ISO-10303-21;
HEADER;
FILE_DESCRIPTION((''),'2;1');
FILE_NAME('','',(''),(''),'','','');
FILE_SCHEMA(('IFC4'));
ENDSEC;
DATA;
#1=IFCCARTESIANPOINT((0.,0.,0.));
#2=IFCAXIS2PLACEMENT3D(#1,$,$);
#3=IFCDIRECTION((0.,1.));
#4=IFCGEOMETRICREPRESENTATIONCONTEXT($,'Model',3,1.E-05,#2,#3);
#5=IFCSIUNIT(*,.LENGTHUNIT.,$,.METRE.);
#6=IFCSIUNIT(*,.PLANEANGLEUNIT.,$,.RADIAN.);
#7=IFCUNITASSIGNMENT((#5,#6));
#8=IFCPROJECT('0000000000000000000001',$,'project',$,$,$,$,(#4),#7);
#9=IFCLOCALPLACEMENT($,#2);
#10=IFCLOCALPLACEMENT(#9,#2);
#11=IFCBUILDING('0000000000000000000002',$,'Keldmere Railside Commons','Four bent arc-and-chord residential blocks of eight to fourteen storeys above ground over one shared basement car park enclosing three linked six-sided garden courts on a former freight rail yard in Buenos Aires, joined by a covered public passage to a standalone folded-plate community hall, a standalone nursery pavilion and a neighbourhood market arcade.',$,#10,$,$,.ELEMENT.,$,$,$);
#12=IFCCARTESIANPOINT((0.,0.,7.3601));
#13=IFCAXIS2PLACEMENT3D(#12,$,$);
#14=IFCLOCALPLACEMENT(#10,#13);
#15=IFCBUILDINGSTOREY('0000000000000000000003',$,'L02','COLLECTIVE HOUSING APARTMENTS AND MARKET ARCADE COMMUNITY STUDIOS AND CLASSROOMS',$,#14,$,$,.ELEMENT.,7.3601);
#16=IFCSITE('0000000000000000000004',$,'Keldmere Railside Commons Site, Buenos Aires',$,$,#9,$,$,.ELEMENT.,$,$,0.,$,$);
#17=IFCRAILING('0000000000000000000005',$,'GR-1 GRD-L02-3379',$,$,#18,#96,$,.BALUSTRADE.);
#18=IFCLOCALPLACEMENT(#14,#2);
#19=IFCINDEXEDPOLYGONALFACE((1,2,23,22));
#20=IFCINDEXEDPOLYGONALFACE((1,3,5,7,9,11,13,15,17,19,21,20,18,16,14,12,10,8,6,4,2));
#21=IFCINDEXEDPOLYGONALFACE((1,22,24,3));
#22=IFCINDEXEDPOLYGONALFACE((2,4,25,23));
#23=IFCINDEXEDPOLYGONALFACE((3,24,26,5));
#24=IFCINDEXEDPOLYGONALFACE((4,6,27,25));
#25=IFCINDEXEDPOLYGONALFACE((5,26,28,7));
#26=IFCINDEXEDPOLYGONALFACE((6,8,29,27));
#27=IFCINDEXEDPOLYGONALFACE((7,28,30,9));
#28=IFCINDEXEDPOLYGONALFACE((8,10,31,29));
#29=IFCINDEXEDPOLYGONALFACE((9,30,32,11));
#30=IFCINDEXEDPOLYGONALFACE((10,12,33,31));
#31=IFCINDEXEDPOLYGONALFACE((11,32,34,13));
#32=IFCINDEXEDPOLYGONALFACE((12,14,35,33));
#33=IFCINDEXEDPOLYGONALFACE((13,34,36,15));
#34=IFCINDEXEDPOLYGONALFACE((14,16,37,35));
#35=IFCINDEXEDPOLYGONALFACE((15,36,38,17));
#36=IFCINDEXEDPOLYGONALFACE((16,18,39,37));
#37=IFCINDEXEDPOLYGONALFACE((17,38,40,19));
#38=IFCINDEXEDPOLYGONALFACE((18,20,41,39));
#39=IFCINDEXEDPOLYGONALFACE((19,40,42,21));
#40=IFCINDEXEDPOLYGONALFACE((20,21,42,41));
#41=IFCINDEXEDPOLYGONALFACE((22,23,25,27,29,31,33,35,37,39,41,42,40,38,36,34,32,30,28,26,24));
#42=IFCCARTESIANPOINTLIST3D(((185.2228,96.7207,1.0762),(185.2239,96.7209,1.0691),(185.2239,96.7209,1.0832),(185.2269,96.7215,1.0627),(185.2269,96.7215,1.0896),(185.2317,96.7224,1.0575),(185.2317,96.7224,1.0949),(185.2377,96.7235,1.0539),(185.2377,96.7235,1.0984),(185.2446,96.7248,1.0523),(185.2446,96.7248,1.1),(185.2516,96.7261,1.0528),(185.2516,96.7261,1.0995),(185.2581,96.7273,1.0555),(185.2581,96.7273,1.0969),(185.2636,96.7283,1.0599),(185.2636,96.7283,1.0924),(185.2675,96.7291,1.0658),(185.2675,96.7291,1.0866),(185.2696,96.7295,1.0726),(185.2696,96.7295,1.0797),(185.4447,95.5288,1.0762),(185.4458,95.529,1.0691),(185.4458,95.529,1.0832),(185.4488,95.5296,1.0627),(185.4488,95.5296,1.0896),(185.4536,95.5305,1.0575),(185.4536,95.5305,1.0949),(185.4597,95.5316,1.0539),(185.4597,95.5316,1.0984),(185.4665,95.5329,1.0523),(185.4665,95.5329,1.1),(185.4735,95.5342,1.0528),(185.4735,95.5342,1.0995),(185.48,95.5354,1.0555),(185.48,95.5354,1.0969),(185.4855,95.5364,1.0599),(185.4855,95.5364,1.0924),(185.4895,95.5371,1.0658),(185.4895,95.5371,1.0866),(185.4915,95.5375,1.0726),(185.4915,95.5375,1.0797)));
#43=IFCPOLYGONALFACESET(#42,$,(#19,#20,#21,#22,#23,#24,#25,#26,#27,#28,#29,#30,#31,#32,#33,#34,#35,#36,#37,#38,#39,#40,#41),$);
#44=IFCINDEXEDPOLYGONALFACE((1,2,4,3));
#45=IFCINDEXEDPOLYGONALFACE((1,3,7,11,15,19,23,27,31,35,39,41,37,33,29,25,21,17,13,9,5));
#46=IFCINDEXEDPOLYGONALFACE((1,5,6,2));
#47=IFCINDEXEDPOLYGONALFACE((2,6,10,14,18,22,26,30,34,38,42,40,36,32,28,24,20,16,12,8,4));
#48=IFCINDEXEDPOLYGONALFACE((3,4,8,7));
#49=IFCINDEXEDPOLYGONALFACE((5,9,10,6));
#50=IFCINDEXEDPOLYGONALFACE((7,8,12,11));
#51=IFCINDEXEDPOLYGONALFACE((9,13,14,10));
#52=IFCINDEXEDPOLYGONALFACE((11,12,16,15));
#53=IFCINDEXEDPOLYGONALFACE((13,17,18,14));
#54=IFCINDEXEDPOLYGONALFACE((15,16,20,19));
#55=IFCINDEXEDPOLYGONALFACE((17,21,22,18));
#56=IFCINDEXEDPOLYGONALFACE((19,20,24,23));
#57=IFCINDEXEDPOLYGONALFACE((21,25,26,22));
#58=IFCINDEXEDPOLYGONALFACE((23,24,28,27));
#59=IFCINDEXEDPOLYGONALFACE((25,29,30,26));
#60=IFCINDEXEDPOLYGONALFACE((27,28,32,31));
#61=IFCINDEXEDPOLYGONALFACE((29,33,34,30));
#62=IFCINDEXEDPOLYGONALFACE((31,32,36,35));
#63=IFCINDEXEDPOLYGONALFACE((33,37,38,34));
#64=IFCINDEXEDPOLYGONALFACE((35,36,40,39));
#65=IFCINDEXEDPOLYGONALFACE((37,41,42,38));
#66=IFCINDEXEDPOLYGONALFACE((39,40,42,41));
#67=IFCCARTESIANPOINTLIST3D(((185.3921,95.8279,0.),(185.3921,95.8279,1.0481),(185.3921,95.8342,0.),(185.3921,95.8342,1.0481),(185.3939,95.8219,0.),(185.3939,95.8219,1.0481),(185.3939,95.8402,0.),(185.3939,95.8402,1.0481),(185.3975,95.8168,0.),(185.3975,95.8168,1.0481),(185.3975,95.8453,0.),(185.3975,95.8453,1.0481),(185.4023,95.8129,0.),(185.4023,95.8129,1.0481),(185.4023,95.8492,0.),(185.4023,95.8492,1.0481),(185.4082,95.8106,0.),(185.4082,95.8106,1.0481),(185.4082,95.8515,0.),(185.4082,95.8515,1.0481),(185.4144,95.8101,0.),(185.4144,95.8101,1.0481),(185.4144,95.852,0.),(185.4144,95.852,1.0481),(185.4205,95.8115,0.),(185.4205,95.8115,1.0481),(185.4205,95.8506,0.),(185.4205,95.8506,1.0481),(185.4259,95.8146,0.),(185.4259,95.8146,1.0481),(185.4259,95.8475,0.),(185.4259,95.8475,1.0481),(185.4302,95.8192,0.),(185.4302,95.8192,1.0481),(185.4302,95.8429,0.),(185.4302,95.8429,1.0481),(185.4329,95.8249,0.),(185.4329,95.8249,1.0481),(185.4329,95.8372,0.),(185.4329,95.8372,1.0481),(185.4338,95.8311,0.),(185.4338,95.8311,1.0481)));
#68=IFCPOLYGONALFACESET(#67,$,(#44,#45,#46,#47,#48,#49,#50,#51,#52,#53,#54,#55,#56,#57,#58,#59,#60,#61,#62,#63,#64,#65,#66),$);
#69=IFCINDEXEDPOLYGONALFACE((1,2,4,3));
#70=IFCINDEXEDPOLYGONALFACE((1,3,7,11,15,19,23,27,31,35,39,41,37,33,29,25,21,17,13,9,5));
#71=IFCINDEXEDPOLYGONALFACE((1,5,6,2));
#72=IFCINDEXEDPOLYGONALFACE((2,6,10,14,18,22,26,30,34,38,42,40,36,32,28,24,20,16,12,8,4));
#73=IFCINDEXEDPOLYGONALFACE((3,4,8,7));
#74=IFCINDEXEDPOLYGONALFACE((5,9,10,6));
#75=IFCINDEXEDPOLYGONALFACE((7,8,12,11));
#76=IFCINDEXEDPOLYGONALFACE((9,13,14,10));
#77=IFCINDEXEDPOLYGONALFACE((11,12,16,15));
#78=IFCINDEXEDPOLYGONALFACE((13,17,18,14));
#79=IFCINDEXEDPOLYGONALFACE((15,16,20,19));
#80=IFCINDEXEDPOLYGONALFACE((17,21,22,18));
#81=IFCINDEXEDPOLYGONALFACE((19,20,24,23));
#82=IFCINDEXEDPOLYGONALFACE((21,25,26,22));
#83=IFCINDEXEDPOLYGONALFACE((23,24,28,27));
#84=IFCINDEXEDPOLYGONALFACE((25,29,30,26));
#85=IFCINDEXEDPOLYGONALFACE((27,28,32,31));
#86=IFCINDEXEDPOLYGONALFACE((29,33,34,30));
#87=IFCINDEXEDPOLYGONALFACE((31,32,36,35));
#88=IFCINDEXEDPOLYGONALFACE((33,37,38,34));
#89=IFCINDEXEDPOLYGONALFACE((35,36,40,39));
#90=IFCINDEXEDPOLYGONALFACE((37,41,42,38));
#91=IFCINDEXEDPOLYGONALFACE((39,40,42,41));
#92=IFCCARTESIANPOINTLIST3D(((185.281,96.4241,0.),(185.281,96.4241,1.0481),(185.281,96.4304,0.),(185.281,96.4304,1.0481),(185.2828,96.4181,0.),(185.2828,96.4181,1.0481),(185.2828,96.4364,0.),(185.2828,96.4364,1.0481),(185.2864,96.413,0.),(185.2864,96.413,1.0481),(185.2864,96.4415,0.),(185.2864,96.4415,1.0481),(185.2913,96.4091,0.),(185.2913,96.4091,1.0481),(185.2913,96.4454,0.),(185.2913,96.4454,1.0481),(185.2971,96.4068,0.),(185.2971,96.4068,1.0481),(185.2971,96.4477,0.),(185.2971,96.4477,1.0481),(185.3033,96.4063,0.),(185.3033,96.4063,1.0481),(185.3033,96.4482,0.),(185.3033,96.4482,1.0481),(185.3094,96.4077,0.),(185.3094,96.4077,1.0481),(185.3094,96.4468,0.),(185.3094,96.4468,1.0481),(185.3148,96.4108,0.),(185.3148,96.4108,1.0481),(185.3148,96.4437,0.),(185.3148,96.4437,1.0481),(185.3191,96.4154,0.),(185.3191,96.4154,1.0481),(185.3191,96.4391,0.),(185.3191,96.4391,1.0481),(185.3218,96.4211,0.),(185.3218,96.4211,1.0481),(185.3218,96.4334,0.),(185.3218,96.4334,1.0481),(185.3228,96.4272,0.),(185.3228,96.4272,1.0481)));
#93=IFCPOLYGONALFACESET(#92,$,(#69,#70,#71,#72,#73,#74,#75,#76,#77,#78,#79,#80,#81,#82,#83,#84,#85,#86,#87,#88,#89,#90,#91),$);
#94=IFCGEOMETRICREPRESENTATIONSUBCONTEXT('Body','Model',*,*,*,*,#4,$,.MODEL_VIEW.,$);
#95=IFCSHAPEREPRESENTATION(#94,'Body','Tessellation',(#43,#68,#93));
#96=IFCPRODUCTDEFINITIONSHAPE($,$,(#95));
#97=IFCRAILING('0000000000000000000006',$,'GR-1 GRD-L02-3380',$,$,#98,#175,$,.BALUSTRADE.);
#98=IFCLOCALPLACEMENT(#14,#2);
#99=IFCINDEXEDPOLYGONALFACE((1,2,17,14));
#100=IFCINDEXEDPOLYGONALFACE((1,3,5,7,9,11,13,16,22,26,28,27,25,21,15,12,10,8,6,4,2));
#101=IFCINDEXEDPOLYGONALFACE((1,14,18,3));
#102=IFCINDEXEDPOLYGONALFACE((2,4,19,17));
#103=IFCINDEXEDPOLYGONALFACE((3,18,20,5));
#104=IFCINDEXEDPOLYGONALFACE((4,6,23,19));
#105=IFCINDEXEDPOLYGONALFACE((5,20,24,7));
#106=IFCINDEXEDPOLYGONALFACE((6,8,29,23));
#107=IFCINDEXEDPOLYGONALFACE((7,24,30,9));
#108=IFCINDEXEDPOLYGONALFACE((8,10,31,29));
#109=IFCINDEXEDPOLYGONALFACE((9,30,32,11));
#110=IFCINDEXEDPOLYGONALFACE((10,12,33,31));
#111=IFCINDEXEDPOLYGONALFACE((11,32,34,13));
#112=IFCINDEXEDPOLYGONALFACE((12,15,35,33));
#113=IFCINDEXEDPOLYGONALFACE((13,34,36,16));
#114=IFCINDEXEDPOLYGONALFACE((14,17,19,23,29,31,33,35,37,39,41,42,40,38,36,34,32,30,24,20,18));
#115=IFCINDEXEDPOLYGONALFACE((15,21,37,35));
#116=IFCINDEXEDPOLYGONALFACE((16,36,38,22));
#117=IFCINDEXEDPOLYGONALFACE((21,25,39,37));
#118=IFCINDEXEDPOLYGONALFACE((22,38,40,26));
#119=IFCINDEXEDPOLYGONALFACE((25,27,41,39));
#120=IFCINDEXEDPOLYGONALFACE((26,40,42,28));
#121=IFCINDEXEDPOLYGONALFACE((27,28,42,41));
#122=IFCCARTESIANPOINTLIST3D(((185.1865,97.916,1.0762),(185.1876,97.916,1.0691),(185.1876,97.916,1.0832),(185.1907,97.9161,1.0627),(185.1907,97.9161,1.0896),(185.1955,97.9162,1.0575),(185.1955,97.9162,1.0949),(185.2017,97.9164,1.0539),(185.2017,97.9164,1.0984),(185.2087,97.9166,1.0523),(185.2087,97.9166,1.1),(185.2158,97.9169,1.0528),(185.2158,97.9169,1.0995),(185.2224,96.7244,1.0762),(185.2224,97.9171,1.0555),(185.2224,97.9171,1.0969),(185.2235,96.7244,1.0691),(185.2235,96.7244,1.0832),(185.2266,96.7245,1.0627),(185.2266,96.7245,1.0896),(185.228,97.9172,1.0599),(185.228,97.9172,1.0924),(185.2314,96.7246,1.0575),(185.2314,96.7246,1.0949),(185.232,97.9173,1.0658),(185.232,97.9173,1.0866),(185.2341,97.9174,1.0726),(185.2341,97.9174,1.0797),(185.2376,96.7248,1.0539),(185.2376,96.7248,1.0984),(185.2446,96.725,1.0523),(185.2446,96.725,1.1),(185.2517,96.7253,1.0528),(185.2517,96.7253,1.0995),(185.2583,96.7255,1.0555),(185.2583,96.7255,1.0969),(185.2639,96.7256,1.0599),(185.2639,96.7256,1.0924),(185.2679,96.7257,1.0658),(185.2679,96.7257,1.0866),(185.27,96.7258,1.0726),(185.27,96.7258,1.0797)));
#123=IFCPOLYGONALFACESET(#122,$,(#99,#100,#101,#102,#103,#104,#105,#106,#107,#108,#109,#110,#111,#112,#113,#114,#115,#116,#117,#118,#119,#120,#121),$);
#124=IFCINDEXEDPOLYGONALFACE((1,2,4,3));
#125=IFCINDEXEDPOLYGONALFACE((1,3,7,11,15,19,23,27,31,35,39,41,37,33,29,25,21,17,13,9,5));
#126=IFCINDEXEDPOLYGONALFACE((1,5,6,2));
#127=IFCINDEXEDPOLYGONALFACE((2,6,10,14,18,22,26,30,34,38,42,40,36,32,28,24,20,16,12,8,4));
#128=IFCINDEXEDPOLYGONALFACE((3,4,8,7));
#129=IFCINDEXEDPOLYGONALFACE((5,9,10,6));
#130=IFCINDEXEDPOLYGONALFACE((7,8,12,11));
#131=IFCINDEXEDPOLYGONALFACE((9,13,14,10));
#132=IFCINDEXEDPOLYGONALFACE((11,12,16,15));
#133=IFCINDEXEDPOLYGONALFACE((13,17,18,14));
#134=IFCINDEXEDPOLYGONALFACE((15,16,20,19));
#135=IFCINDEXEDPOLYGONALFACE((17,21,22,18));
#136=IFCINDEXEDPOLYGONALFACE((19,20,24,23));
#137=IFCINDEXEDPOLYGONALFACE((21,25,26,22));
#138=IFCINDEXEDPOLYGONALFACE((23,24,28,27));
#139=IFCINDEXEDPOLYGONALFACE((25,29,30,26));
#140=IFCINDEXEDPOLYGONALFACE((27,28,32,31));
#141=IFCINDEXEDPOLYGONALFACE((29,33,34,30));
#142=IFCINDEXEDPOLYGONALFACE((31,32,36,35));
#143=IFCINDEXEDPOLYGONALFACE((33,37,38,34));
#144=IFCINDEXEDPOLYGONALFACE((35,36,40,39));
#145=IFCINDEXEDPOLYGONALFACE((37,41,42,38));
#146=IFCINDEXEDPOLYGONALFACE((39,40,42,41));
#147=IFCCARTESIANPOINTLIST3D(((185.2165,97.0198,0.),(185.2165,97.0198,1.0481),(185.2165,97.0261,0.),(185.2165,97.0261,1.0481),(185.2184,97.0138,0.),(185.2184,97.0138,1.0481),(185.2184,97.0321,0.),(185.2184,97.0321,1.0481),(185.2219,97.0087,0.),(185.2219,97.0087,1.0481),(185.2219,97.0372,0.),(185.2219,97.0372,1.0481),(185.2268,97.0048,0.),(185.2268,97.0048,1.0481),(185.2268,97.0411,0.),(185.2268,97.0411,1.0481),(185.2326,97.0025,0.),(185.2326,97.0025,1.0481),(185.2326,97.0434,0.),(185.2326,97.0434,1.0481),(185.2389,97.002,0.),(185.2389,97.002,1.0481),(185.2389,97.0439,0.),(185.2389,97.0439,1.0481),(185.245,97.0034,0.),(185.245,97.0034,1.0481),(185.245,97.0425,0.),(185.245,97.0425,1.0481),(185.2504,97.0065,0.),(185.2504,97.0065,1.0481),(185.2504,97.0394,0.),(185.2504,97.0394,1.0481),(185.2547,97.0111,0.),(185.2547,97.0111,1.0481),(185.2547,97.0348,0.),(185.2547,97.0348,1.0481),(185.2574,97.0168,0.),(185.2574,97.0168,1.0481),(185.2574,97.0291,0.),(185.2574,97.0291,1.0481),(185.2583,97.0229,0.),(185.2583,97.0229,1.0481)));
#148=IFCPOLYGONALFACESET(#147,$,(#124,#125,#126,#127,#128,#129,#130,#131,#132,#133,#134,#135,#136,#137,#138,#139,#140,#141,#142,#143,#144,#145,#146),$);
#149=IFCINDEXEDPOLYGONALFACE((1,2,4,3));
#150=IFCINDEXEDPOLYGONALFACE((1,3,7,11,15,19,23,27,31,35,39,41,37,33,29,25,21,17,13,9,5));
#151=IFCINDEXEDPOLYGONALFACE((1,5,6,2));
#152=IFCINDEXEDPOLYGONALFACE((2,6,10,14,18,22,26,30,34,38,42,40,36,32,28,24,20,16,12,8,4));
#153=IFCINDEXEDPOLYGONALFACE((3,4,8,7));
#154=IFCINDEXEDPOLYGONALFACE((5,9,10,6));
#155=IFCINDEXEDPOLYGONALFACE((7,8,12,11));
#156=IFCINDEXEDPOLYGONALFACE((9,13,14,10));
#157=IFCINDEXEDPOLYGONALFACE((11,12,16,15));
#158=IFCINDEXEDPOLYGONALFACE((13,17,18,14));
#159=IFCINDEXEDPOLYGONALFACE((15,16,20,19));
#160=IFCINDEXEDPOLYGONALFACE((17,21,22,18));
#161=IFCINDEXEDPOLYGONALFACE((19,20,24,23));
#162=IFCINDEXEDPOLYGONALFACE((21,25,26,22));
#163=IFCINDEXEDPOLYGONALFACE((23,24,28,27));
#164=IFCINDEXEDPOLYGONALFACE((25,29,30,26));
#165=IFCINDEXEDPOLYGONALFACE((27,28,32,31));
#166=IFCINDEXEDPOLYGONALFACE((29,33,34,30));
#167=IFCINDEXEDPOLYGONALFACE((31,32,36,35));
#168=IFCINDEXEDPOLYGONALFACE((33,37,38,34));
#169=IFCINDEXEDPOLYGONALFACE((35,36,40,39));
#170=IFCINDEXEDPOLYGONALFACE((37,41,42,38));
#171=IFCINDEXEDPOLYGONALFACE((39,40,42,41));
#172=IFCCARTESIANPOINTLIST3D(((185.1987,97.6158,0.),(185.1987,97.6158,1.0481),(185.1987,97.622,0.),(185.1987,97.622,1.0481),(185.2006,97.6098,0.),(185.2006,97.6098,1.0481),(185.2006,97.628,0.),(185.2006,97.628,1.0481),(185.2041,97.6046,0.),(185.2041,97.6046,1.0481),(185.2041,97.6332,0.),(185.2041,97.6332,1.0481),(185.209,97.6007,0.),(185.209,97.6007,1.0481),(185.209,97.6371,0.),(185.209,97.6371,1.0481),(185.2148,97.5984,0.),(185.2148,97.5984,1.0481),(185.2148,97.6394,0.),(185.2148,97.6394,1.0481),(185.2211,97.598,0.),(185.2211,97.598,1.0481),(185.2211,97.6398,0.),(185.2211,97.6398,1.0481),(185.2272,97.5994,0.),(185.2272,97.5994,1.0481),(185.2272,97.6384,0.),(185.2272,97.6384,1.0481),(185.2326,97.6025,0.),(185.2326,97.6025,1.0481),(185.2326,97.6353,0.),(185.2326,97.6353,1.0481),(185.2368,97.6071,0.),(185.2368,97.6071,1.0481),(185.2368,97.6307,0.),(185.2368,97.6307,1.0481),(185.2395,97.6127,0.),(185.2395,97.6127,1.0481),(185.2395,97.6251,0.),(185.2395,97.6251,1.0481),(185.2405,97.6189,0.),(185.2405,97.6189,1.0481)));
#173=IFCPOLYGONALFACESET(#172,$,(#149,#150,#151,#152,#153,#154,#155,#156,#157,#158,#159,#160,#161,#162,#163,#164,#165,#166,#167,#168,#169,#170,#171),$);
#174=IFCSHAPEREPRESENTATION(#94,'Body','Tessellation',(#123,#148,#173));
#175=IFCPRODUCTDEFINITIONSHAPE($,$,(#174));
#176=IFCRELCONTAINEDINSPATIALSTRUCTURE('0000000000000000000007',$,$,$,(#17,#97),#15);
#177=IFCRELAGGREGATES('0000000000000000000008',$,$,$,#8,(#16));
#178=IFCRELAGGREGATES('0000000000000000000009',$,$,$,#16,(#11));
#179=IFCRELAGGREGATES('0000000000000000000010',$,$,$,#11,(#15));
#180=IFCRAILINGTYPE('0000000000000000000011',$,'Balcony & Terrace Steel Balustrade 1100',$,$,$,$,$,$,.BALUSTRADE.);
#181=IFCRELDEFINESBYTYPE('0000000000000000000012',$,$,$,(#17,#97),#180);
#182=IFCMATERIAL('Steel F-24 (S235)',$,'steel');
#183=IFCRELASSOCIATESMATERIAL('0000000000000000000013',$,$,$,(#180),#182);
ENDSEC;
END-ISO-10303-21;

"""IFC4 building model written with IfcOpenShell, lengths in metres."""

from ifc_helpers import new_model, si_unit, direction, frame, origin, origin_2d, place, context, subcontext, project, spatial, circle, extrude, material, type_object, element, save


model = new_model("IFC4")

# Units and contexts
model_context = context("Model", 3, precision=1e-05, world=origin(), true_north=direction((0.0, 1.0)))
body_context = subcontext(model_context, "Body", "Model", "MODEL_VIEW")
ifc_project = project(units=[si_unit("LENGTHUNIT", "METRE"), si_unit("PLANEANGLEUNIT", "RADIAN")], contexts=[model_context])

# Site, building, storey
site_placement = place(None, origin())
site = spatial("IfcSite", under=ifc_project, at=site_placement, Name="Keldmere Railside Commons Site, Buenos Aires", CompositionType="ELEMENT", RefElevation=0.0)
building_placement = place(site_placement, origin())
building = spatial("IfcBuilding", under=site, at=building_placement, Name="Keldmere Railside Commons", Description="Four bent arc-and-chord residential blocks of eight to fourteen storeys above ground over one shared basement car park enclosing three linked six-sided garden courts on a former freight rail yard in Buenos Aires, joined by a covered public passage to a standalone folded-plate community hall, a standalone nursery pavilion and a neighbourhood market arcade.", CompositionType="ELEMENT")
storey_placement = place(building_placement, frame((0.0, 0.0, 7.3601)))
storey = spatial("IfcBuildingStorey", under=building, at=storey_placement, Name="L02", Description="COLLECTIVE HOUSING APARTMENTS AND MARKET ARCADE COMMUNITY STUDIOS AND CLASSROOMS", CompositionType="ELEMENT", Elevation=7.3601)

# Railings
ifc_material_1 = material(Name="Steel F-24 (S235)", Category="steel")
railing_type = type_object("IfcRailingType", Name="Balcony & Terrace Steel Balustrade 1100", PredefinedType="BALUSTRADE", material=ifc_material_1)
railing_1_placement = place(storey_placement, frame((185.4683, 95.5332, 0.0)))
element("IfcRailing", 1, at=railing_1_placement, inside=storey, type_object=railing_type, Name="GR-1 GRD-L02-3379", PredefinedType="BALUSTRADE", context=body_context, shape_type="SweptSolid", body=[
    extrude(circle(Radius=0.0239, at=origin_2d()), frame((0.0, 0.0, 1.0762), z_axis=(-0.183048, 0.983104, 0.0), x_axis=(-0.983104, -0.183048, 0.0)), (0.0, 0.0, 1.0), 1.2124),
    extrude(circle(Radius=0.021, at=origin_2d()), frame((-0.0554, 0.2979, 0.0)), (0.0, 0.0, 1.0), 1.0481),
    extrude(circle(Radius=0.021, at=origin_2d()), frame((-0.1665, 0.894, 0.0)), (0.0, 0.0, 1.0), 1.0481),
])
railing_2_placement = place(storey_placement, frame((185.2463, 96.7251, 0.0)))
element("IfcRailing", 2, at=railing_2_placement, inside=storey, type_object=railing_type, Name="GR-1 GRD-L02-3380", PredefinedType="BALUSTRADE", context=body_context, shape_type="SweptSolid", body=[
    extrude(circle(Radius=0.0239, at=origin_2d()), frame((0.0, 0.0, 1.0762), z_axis=(-0.030103, 0.999547, 0.0), x_axis=(-0.999547, -0.030103, 0.0)), (0.0, 0.0, 1.0), 1.1921),
    extrude(circle(Radius=0.021, at=origin_2d()), frame((-0.009, 0.2979, 0.0)), (0.0, 0.0, 1.0), 1.0481),
    extrude(circle(Radius=0.021, at=origin_2d()), frame((-0.0269, 0.8938, 0.0)), (0.0, 0.0, 1.0), 1.0481),
])

save(model, "model.ifc")
